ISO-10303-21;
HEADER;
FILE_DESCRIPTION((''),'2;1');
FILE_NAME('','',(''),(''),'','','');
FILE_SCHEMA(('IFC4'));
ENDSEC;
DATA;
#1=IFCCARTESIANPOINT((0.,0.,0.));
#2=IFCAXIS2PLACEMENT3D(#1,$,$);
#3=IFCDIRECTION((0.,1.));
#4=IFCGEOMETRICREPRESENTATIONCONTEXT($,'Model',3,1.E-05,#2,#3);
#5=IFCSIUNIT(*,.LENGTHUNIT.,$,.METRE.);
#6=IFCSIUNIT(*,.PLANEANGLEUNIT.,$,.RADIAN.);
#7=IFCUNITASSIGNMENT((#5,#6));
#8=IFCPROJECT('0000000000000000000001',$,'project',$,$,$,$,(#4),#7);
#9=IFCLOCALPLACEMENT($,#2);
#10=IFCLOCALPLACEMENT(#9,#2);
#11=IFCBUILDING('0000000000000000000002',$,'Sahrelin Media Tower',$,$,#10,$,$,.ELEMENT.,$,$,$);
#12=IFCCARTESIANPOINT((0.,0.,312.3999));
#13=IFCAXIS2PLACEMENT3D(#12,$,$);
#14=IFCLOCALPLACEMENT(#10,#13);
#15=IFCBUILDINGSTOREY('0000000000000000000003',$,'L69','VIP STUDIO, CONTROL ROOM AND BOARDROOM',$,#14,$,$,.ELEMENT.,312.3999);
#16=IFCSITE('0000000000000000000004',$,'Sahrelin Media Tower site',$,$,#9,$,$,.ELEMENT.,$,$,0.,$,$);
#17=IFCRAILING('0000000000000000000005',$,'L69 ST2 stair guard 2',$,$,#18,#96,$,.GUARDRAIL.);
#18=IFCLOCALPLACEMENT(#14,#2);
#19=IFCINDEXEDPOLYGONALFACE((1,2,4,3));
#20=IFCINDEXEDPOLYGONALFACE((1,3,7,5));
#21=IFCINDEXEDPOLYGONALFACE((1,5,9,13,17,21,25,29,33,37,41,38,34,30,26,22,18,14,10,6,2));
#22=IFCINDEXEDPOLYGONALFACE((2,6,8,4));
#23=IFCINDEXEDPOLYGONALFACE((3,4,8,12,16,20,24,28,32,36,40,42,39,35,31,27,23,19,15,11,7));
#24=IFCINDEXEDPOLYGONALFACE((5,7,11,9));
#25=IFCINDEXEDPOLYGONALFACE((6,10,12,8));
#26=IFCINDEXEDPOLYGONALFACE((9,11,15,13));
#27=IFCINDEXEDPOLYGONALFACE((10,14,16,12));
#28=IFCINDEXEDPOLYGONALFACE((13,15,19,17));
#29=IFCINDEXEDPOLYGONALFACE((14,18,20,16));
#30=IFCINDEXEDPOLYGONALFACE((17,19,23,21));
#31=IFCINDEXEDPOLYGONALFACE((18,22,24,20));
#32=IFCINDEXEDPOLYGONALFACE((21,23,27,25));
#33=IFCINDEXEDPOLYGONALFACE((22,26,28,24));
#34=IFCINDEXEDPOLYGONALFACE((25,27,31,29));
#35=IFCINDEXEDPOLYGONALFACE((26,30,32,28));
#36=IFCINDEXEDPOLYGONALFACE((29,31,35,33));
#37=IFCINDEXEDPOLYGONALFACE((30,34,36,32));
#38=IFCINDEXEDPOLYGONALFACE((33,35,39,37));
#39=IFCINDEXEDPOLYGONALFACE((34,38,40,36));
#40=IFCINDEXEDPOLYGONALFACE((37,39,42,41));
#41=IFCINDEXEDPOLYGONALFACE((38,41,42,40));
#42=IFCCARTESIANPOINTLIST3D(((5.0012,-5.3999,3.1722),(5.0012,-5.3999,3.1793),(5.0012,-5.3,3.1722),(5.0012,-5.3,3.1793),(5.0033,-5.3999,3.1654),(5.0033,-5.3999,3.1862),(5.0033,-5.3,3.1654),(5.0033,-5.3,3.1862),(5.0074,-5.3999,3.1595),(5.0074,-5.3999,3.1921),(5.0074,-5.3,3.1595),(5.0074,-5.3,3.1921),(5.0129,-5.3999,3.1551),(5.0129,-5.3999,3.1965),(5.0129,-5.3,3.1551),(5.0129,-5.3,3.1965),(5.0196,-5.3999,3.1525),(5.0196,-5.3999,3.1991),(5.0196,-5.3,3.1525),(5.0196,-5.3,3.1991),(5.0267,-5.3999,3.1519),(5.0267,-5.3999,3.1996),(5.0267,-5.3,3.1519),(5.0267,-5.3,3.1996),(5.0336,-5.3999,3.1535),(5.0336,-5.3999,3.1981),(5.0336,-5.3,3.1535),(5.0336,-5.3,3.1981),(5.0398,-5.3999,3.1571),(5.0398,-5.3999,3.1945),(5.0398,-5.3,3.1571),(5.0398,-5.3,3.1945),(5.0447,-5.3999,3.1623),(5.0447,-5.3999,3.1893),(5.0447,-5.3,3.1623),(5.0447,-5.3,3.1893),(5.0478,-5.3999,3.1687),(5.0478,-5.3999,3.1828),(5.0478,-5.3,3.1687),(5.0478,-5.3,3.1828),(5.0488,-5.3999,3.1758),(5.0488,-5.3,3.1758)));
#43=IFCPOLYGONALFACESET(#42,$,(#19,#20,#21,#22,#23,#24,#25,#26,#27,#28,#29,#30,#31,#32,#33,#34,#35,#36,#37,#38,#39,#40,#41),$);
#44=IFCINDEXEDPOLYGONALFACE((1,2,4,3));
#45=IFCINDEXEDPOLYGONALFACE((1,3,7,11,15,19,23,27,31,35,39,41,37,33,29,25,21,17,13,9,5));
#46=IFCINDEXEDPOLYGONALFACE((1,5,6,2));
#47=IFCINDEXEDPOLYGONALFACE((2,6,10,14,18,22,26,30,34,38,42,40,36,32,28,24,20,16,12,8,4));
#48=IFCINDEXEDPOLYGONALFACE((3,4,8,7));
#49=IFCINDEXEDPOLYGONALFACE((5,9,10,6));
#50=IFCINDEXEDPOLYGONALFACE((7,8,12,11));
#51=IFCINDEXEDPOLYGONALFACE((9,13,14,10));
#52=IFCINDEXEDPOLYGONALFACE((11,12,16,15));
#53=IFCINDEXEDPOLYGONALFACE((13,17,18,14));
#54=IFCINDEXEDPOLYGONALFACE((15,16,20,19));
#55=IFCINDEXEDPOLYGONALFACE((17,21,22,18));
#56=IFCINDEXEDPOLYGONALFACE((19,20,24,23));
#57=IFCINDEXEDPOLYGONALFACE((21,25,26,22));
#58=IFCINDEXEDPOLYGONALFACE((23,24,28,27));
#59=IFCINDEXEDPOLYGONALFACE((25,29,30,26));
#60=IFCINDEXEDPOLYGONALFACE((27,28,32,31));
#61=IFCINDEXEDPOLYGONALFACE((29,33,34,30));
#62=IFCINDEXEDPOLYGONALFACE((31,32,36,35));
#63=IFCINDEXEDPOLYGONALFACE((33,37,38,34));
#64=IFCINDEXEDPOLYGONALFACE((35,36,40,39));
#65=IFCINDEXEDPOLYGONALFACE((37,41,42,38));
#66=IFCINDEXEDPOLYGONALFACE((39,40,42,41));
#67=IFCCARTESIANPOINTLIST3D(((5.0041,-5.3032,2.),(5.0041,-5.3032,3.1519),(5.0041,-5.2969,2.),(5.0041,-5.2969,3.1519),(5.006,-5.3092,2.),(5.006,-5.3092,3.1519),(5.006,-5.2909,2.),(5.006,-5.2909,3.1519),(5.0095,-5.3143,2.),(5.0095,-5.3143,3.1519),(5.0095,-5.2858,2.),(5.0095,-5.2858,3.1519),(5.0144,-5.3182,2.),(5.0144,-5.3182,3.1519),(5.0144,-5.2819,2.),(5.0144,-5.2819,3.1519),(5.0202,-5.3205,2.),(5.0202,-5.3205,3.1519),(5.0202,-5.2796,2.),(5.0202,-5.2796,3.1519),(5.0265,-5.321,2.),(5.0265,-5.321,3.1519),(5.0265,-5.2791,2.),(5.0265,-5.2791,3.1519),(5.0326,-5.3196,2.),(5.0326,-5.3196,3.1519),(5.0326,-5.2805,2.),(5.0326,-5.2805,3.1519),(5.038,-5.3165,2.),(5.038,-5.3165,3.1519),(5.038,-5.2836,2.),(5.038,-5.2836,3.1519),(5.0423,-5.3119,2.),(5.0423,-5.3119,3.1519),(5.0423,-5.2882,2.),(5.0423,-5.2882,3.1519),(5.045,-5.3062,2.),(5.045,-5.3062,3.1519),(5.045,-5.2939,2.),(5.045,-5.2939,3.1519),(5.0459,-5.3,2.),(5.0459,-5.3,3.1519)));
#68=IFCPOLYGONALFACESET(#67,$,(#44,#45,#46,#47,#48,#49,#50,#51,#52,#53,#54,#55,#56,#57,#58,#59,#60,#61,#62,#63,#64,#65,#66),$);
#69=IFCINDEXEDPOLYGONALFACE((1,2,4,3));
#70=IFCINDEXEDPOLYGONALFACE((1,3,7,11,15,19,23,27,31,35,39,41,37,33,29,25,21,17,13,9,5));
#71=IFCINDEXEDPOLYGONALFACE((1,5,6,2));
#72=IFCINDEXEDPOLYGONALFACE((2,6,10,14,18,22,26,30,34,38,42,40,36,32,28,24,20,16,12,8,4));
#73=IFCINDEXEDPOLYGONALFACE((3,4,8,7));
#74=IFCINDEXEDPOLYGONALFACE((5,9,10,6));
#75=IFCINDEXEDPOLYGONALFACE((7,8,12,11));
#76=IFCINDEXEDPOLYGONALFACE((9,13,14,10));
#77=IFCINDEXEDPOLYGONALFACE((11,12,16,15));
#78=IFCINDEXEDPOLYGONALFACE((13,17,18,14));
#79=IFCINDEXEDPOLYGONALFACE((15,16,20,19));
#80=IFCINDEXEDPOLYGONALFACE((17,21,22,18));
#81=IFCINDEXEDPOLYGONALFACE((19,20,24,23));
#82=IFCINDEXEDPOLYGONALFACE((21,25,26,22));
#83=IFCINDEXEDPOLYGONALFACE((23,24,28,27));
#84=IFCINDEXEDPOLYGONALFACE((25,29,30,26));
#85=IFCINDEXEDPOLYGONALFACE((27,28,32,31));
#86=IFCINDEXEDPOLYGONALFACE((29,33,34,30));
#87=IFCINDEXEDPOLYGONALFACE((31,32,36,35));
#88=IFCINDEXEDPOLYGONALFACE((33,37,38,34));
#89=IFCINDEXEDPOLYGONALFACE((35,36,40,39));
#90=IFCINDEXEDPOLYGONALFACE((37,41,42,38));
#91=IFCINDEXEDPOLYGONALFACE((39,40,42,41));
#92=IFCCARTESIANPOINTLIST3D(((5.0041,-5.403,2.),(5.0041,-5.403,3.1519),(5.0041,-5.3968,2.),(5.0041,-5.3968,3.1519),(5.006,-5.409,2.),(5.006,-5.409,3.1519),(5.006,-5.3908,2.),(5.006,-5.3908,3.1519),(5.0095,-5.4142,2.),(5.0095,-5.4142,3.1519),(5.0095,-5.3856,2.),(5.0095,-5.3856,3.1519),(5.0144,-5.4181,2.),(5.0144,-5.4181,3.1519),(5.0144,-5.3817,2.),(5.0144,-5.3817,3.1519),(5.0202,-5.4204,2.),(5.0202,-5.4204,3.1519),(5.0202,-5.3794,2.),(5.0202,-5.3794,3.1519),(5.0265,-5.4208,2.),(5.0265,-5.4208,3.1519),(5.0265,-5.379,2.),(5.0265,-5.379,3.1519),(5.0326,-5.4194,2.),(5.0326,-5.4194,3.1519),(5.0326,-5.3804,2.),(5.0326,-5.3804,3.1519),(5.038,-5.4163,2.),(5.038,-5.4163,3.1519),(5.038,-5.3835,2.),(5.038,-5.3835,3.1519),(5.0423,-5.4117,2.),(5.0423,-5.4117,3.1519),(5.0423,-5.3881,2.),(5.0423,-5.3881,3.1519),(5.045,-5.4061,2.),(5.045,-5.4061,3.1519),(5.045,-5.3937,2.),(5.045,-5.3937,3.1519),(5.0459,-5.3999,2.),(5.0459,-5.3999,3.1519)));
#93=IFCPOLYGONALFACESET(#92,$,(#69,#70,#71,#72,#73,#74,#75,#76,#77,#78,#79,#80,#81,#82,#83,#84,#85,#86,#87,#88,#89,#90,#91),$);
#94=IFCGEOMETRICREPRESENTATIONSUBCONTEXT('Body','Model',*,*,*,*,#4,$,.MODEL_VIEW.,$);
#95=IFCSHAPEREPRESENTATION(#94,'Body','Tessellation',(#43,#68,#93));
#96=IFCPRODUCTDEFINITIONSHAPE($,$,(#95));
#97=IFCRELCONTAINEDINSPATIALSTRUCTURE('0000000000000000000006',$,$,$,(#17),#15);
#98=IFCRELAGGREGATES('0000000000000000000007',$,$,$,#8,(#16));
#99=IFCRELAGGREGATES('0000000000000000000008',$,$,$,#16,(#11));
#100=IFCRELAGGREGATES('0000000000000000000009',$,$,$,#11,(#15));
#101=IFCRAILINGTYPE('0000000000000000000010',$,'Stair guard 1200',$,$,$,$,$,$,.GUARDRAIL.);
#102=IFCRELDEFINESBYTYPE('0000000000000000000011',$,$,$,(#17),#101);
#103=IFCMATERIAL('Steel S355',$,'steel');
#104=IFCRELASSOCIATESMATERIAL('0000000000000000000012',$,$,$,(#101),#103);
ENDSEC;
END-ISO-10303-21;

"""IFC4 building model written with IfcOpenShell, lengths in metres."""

from ifc_helpers import new_model, si_unit, direction, frame, origin, origin_2d, place, context, subcontext, project, spatial, circle, extrude, material, type_object, element, save


model = new_model("IFC4")

# Units and contexts
model_context = context("Model", 3, precision=1e-05, world=origin(), true_north=direction((0.0, 1.0)))
body_context = subcontext(model_context, "Body", "Model", "MODEL_VIEW")
ifc_project = project(units=[si_unit("LENGTHUNIT", "METRE"), si_unit("PLANEANGLEUNIT", "RADIAN")], contexts=[model_context])

# Site, building, storey
site_placement = place(None, origin())
site = spatial("IfcSite", under=ifc_project, at=site_placement, Name="Sahrelin Media Tower site", CompositionType="ELEMENT", RefElevation=0.0)
building_placement = place(site_placement, origin())
building = spatial("IfcBuilding", under=site, at=building_placement, Name="Sahrelin Media Tower", CompositionType="ELEMENT")
storey_placement = place(building_placement, frame((0.0, 0.0, 312.3999)))
storey = spatial("IfcBuildingStorey", under=building, at=storey_placement, Name="L69", Description="VIP STUDIO, CONTROL ROOM AND BOARDROOM", CompositionType="ELEMENT", Elevation=312.3999)

# Railing
ifc_material_1 = material(Name="Steel S355", Category="steel")
railing_type_1 = type_object("IfcRailingType", Name="Stair guard 1200", PredefinedType="GUARDRAIL", material=ifc_material_1)
railing_1_placement = place(storey_placement, frame((5.0249, -5.3, 2.0)))
element("IfcRailing", 1, at=railing_1_placement, inside=storey, type_object=railing_type_1, Name="L69 ST2 stair guard 2", PredefinedType="GUARDRAIL", context=body_context, shape_type="SweptSolid", body=[
    extrude(circle(Radius=0.0239, at=origin_2d()), frame((0.0, 0.0, 1.1758), z_axis=(0.0, -1.0, 0.0), x_axis=(1.0, 0.0, 0.0)), (0.0, 0.0, 1.0), 0.0999),
    extrude(circle(Radius=0.021, at=origin_2d()), origin(), (0.0, 0.0, 1.0), 1.1519),
    extrude(circle(Radius=0.021, at=origin_2d()), frame((0.0, -0.0999, 0.0)), (0.0, 0.0, 1.0), 1.1519),
])

save(model, "model.ifc")
